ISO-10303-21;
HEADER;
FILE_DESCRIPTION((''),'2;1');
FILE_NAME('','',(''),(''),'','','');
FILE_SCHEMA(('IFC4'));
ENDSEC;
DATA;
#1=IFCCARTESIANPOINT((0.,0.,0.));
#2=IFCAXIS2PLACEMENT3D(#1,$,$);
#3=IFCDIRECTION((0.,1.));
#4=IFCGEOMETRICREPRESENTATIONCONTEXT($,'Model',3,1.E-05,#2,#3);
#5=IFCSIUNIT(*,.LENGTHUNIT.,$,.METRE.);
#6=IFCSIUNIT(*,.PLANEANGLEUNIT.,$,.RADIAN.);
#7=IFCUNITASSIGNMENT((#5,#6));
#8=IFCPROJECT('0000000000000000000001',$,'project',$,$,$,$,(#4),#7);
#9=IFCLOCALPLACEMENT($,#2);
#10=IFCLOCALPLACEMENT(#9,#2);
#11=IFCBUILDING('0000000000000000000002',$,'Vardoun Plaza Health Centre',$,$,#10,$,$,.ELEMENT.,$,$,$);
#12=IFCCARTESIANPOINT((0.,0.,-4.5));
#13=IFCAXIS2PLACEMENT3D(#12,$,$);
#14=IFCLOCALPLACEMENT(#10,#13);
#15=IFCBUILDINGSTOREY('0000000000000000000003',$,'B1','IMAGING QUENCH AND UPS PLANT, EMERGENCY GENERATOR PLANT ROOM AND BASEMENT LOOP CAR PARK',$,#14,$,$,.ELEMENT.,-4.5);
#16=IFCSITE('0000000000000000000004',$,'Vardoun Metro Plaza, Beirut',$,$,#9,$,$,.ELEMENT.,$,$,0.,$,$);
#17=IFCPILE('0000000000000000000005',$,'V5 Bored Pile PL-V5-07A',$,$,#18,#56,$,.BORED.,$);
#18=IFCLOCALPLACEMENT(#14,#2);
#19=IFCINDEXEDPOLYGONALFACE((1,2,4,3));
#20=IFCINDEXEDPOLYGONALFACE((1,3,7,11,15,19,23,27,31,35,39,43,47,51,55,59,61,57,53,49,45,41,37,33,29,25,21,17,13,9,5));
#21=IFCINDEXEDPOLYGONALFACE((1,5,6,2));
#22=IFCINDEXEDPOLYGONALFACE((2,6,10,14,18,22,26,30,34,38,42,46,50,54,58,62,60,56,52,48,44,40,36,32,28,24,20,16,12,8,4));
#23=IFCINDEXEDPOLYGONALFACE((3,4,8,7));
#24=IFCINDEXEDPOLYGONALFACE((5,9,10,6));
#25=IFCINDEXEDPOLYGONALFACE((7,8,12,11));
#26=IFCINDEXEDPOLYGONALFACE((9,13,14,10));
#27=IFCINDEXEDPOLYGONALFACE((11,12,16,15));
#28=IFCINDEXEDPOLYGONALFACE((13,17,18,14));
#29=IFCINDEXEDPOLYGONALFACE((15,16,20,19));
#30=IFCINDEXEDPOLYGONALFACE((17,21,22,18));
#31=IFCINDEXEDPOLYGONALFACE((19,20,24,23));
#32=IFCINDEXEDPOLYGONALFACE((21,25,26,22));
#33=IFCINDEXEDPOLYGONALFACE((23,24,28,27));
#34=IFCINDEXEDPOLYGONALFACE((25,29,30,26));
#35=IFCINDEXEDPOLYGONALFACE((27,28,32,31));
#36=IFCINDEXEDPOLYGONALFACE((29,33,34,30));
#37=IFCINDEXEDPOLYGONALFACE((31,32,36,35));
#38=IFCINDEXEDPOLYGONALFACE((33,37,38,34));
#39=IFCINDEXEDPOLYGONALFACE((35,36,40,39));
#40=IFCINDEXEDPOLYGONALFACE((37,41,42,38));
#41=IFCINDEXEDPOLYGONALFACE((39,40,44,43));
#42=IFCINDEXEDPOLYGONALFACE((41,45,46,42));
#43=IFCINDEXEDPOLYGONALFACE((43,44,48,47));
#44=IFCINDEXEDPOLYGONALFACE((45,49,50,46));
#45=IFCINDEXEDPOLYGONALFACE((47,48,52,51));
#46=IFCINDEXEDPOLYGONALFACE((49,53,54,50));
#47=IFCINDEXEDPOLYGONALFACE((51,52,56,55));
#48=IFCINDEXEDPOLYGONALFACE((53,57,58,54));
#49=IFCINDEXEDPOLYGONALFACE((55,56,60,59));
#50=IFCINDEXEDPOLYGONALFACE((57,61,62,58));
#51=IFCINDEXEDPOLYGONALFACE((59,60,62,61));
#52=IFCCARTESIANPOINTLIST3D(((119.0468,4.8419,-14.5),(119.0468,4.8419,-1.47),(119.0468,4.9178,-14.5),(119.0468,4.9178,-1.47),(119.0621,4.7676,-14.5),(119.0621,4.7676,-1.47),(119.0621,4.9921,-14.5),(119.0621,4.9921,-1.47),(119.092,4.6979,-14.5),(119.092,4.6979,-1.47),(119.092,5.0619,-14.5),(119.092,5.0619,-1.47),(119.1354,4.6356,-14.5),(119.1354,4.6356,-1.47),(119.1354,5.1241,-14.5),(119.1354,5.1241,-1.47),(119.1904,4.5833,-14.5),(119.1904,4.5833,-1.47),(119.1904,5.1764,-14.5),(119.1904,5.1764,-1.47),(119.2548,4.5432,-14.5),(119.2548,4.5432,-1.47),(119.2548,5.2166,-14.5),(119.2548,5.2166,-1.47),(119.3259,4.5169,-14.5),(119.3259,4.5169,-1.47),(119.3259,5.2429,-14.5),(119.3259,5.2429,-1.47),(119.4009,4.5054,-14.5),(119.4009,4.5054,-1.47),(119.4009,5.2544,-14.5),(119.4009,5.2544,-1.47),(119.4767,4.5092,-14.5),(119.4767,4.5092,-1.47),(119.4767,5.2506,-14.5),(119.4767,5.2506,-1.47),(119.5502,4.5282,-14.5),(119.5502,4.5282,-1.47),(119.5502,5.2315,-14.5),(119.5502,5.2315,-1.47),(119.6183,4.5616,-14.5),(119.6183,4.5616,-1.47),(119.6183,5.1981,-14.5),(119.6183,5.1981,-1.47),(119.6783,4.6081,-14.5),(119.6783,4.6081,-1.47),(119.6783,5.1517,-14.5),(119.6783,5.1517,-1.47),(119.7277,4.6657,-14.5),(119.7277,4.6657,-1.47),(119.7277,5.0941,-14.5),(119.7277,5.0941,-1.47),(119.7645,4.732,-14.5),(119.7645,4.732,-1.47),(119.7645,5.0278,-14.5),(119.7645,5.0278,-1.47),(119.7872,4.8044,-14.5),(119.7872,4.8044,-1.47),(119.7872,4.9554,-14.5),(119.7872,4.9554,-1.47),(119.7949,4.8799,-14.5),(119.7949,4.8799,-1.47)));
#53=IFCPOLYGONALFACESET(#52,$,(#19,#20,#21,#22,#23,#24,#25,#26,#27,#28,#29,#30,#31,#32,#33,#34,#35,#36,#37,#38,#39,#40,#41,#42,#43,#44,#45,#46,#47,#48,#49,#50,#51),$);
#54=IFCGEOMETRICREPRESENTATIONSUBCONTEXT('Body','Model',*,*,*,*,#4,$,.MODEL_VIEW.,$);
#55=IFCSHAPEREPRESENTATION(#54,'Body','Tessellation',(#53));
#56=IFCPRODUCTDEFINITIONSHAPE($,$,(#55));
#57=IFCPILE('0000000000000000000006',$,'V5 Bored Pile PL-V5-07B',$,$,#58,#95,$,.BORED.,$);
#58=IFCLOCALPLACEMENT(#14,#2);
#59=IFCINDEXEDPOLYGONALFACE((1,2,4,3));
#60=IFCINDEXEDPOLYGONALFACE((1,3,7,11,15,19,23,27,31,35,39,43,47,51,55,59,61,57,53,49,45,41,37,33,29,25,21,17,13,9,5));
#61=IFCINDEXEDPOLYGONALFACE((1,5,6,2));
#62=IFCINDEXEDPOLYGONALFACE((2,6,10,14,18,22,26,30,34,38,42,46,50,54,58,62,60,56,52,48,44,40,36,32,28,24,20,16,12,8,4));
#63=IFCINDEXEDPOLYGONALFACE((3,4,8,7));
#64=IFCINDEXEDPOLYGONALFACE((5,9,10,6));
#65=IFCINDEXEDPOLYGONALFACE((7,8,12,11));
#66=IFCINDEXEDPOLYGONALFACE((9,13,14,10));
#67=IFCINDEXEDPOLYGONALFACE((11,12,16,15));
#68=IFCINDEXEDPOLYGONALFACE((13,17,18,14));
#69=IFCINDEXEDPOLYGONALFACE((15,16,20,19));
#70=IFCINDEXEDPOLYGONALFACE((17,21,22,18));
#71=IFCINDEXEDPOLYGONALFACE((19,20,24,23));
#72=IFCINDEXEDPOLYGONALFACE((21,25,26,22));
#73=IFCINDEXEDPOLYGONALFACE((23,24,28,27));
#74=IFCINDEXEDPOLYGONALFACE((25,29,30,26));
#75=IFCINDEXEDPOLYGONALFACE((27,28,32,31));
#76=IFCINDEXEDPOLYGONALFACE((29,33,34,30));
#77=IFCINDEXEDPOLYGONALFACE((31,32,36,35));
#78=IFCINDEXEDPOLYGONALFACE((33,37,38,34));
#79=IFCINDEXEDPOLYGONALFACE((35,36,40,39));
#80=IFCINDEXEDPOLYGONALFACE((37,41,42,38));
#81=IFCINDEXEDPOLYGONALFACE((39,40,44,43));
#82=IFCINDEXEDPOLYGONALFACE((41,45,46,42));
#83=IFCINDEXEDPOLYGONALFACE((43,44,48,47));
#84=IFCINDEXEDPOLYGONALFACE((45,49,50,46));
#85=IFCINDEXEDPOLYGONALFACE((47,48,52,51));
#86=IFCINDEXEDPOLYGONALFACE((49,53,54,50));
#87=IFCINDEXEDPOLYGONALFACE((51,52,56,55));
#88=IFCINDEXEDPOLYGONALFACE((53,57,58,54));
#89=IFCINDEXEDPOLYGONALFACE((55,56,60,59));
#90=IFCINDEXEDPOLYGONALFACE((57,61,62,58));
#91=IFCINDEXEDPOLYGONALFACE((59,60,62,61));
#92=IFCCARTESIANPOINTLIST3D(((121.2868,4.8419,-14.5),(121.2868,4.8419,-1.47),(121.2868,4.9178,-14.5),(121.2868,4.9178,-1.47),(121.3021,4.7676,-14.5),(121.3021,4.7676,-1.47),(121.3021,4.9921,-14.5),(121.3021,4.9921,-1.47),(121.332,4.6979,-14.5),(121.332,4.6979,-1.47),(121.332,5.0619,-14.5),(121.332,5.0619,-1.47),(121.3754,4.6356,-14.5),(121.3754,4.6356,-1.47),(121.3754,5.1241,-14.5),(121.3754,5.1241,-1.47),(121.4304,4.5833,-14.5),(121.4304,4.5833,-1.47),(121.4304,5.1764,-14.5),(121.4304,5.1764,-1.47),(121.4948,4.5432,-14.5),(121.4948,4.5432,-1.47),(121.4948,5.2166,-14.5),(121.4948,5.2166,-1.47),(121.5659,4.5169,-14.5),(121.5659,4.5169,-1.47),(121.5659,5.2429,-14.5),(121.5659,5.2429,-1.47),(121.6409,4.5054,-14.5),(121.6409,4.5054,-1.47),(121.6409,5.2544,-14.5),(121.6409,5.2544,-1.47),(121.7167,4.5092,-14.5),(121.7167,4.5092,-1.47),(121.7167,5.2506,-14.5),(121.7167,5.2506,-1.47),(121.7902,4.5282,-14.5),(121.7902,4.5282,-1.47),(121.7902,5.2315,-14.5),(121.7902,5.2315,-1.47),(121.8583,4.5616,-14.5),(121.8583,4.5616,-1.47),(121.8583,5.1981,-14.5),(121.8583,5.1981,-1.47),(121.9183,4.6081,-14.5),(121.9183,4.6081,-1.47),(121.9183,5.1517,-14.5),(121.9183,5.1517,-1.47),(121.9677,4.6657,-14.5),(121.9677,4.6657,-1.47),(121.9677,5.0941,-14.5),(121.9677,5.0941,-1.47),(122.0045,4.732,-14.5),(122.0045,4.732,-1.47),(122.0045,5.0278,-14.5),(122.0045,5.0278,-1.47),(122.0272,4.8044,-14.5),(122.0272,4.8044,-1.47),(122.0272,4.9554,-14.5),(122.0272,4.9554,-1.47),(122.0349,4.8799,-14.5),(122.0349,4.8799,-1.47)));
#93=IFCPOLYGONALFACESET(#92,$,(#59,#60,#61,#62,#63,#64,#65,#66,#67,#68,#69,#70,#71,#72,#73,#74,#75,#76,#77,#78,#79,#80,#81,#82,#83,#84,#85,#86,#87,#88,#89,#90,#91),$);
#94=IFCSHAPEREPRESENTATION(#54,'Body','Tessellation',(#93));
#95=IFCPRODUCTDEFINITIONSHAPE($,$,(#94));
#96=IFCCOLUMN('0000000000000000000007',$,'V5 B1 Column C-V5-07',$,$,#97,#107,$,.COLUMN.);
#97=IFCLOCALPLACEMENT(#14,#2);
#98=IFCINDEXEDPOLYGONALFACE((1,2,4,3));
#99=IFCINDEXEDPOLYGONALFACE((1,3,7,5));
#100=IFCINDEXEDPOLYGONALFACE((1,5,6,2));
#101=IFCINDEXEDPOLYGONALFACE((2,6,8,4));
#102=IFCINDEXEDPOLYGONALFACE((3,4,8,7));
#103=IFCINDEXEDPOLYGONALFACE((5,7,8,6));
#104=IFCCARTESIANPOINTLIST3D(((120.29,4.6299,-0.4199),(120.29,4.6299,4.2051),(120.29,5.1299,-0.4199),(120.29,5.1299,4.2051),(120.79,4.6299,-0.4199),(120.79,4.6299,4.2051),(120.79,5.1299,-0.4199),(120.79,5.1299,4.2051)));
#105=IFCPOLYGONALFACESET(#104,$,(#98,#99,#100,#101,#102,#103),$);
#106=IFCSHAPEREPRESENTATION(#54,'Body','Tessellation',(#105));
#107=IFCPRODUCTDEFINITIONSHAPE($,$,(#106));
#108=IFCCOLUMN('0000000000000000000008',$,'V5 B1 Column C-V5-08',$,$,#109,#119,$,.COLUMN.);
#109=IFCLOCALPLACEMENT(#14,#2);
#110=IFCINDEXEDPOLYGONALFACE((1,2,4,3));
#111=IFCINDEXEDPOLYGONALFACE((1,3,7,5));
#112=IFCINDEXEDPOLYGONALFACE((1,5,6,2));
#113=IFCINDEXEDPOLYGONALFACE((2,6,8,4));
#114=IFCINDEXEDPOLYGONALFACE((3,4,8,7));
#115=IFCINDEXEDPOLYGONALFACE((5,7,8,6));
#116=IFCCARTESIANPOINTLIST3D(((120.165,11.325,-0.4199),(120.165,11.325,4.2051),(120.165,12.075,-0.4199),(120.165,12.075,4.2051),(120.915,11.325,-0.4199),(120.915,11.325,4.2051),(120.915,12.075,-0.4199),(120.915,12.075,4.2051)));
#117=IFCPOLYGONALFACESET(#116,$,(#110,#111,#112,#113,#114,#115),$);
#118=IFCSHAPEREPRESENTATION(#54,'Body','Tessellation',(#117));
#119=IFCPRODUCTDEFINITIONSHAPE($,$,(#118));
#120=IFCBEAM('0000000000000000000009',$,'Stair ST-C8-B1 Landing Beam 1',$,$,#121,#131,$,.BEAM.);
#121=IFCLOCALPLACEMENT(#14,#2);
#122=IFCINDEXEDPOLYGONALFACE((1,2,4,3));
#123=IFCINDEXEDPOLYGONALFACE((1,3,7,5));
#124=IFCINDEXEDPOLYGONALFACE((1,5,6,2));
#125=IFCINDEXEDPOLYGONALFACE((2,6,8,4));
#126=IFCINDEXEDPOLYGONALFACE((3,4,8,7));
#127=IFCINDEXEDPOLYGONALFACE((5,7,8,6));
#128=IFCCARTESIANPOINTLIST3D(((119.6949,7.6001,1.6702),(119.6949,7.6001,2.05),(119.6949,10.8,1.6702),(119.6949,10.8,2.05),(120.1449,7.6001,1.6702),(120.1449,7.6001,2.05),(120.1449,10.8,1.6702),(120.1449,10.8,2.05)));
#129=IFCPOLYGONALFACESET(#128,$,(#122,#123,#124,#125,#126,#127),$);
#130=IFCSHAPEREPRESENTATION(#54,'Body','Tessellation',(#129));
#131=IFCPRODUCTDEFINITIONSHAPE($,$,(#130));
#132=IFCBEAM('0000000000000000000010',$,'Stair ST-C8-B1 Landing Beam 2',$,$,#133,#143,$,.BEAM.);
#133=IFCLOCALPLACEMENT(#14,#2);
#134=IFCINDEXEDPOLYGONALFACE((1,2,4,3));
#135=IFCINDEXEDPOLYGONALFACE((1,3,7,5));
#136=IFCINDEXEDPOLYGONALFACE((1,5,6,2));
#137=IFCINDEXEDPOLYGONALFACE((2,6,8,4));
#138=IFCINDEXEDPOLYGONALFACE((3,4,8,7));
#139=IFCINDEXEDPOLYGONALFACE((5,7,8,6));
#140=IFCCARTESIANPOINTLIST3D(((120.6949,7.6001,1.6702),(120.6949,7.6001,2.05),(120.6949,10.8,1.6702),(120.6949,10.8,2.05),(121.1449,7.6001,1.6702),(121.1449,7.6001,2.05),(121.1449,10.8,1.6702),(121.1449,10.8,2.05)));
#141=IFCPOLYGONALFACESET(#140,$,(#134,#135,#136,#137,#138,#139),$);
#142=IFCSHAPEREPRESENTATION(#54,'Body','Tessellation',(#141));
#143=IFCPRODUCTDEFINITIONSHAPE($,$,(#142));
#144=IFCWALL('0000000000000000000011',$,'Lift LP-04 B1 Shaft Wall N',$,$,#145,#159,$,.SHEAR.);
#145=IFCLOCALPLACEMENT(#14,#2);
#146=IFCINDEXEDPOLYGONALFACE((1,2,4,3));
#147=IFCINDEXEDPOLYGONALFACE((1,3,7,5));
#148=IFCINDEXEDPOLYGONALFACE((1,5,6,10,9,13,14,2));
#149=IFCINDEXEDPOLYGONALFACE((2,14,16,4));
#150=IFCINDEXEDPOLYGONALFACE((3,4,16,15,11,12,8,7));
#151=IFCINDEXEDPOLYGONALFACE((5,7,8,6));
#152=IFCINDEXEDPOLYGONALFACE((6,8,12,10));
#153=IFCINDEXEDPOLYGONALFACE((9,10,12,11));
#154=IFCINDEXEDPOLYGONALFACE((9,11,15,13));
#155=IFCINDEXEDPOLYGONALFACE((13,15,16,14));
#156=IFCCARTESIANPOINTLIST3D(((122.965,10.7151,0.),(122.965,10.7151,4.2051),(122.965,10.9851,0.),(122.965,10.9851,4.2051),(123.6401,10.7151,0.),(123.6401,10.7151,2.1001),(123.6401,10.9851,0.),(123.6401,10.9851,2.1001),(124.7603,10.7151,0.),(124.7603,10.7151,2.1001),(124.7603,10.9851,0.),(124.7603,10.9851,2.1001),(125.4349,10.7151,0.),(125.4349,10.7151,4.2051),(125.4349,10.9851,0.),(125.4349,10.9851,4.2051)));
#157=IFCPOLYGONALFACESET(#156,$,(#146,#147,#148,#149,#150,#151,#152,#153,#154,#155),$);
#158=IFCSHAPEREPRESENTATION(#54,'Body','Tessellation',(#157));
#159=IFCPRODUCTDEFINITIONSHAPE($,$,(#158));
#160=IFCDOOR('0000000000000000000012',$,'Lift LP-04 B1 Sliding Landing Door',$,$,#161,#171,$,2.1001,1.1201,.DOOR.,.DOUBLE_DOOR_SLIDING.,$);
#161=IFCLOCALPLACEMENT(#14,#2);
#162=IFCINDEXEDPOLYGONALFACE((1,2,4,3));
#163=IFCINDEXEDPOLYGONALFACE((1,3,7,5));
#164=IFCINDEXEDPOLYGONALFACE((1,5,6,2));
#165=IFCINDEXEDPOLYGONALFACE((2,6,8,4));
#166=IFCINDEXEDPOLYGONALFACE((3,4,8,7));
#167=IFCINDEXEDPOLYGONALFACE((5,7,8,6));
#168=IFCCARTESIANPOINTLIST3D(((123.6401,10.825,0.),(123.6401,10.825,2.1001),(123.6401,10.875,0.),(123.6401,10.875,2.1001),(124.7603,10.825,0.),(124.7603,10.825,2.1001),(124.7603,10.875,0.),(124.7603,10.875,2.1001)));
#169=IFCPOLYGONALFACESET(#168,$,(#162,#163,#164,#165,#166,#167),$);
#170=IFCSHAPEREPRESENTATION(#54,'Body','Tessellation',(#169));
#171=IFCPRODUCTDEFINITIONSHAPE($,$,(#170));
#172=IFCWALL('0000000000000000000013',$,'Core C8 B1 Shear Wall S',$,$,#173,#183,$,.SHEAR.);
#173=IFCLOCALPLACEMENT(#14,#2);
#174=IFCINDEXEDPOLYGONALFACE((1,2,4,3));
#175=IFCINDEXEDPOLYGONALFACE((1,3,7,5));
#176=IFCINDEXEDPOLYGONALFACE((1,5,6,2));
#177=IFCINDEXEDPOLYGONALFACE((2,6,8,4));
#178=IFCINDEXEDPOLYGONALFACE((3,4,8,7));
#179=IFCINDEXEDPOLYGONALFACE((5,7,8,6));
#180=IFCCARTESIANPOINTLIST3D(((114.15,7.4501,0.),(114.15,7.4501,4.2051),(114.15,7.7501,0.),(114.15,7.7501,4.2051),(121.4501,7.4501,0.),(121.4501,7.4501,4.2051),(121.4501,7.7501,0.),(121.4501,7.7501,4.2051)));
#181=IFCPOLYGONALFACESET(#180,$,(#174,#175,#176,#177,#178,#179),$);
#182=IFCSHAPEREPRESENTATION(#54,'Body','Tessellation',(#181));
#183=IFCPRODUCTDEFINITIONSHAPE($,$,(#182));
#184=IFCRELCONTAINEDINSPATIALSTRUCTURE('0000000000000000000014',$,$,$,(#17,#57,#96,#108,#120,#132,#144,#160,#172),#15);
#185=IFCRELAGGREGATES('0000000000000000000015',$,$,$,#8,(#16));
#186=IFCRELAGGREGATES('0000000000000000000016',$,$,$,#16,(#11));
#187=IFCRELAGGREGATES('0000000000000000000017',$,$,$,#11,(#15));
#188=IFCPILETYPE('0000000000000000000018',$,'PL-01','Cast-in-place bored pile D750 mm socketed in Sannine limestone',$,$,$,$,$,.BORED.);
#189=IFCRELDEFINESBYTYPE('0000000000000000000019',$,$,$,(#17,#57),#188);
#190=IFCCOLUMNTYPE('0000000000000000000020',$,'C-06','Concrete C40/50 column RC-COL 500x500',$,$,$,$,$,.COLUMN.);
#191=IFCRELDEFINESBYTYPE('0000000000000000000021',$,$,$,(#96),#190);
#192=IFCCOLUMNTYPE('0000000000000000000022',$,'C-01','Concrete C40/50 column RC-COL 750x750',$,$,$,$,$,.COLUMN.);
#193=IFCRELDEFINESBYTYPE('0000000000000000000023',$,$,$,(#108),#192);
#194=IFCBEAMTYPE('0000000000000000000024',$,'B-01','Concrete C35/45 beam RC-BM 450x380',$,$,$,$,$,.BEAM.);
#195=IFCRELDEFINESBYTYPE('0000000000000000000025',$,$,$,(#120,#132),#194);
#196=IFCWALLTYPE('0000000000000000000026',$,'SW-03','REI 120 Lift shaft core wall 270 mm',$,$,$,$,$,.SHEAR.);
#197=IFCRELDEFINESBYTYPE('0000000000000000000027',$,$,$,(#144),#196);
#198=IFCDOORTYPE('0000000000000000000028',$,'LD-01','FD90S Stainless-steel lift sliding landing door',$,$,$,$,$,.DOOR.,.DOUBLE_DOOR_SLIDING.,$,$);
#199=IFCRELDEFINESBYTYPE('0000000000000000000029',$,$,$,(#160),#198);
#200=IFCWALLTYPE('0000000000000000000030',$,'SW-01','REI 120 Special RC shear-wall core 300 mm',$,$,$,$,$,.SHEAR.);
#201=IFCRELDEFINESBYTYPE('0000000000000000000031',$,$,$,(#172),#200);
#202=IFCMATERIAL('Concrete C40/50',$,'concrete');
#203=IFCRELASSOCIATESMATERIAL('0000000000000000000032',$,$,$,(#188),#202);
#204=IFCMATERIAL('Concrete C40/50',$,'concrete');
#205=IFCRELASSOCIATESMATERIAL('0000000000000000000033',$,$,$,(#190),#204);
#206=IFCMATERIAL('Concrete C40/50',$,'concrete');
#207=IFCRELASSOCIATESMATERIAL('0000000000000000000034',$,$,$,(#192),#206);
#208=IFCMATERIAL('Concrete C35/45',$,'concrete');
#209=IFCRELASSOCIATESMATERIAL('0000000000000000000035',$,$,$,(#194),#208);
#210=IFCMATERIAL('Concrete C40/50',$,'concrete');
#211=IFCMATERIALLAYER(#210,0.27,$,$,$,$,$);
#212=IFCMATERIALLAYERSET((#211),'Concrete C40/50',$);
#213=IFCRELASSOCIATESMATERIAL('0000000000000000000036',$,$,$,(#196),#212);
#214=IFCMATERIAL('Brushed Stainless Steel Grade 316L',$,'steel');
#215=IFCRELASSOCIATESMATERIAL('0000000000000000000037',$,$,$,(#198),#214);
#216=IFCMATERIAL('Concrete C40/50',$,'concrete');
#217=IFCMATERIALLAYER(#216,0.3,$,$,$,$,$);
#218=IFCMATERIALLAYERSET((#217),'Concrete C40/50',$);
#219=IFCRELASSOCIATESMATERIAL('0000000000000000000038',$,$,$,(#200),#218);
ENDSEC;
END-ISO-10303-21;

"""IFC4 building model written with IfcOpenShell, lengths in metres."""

from ifc_helpers import new_model, si_unit, direction, frame, frame_2d, origin, origin_2d, place, context, subcontext, project, spatial, rectangle, circle, extrude, material, layer, layer_set, material_profile, profile_set, type_object, element, fill, save


model = new_model("IFC4")

# Units and contexts
model_context = context("Model", 3, precision=1e-05, world=origin(), true_north=direction((0.0, 1.0)))
body_context = subcontext(model_context, "Body", "Model", "MODEL_VIEW")
ifc_project = project(units=[si_unit("LENGTHUNIT", "METRE"), si_unit("PLANEANGLEUNIT", "RADIAN")], contexts=[model_context])

# Site, building, storey
site_placement = place(None, origin())
site = spatial("IfcSite", under=ifc_project, at=site_placement, Name="Vardoun Metro Plaza, Beirut", CompositionType="ELEMENT", RefElevation=0.0)
building_placement = place(site_placement, origin())
building = spatial("IfcBuilding", under=site, at=building_placement, Name="Vardoun Plaza Health Centre", CompositionType="ELEMENT")
storey_placement = place(building_placement, frame((0.0, 0.0, -4.5)))
storey = spatial("IfcBuildingStorey", under=building, at=storey_placement, Name="B1", Description="IMAGING QUENCH AND UPS PLANT, EMERGENCY GENERATOR PLANT ROOM AND BASEMENT LOOP CAR PARK", CompositionType="ELEMENT", Elevation=-4.5)

# Piles
ifc_material_1 = material(Name="Concrete C40/50", Category="concrete")
ifc_material_profile_1 = material_profile(ifc_material_1, circle(Radius=0.375, at=origin_2d()), Name="PILE D750")
ifc_profile_set_1 = profile_set([ifc_material_profile_1], Name="Concrete C40/50")
pile_type_1 = type_object("IfcPileType", Name="PL-01", Description="Cast-in-place bored pile D750 mm socketed in Sannine limestone", PredefinedType="BORED", material=ifc_profile_set_1)
for number, where, z_axis, x_axis, name in (
    (1, (119.4199, 4.8799, -1.47), (0.0, 0.0, -1.0), (1.0, 0.0, 0.0), "V5 Bored Pile PL-V5-07A"),
    (2, (121.6599, 4.8799, -1.47), (0.0, 0.0, -1.0), (1.0, 0.0, 0.0), "V5 Bored Pile PL-V5-07B"),
):
    element("IfcPile", number, at=place(storey_placement, frame(where, z_axis=z_axis, x_axis=x_axis)), inside=storey, type_object=pile_type_1, Name=name, PredefinedType="BORED", context=body_context, shape_type="SweptSolid", body=[
        extrude(circle(Radius=0.375, at=origin_2d()), origin(), (0.0, 0.0, 1.0), 13.03),
    ])

# Columns
ifc_material_2 = material(Name="Concrete C40/50", Category="concrete")
ifc_material_profile_2 = material_profile(ifc_material_2, rectangle(XDim=0.5, YDim=0.5, at=origin_2d()), Name="RC-COL 500x500")
ifc_profile_set_2 = profile_set([ifc_material_profile_2], Name="Concrete C40/50")
column_type_1 = type_object("IfcColumnType", Name="C-06", Description="Concrete C40/50 column RC-COL 500x500", PredefinedType="COLUMN", material=ifc_profile_set_2)
column_1_placement = place(storey_placement, frame((120.54, 4.8799, -0.4199), z_axis=(0.0, 0.0, 1.0), x_axis=(1.0, 0.0, 0.0)))
element("IfcColumn", 3, at=column_1_placement, inside=storey, type_object=column_type_1, Name="V5 B1 Column C-V5-07", PredefinedType="COLUMN", context=body_context, shape_type="SweptSolid", body=[
    extrude(rectangle(XDim=0.5, YDim=0.5, at=origin_2d()), origin(), (0.0, 0.0, 1.0), 4.625),
])
ifc_material_3 = material(Name="Concrete C40/50", Category="concrete")
ifc_material_profile_3 = material_profile(ifc_material_3, rectangle(XDim=0.75, YDim=0.75, at=origin_2d()), Name="RC-COL 750x750")
ifc_profile_set_3 = profile_set([ifc_material_profile_3], Name="Concrete C40/50")
column_type_2 = type_object("IfcColumnType", Name="C-01", Description="Concrete C40/50 column RC-COL 750x750", PredefinedType="COLUMN", material=ifc_profile_set_3)
column_2_placement = place(storey_placement, frame((120.54, 11.7, -0.4199), z_axis=(0.0, 0.0, 1.0), x_axis=(1.0, 0.0, 0.0)))
element("IfcColumn", 4, at=column_2_placement, inside=storey, type_object=column_type_2, Name="V5 B1 Column C-V5-08", PredefinedType="COLUMN", context=body_context, shape_type="SweptSolid", body=[
    extrude(rectangle(XDim=0.75, YDim=0.75, at=origin_2d()), origin(), (0.0, 0.0, 1.0), 4.625),
])

# Beams
ifc_material_4 = material(Name="Concrete C35/45", Category="concrete")
ifc_material_profile_4 = material_profile(ifc_material_4, rectangle(XDim=0.45, YDim=0.3799, at=origin_2d()), Name="RC-BM 450x380")
ifc_profile_set_4 = profile_set([ifc_material_profile_4], Name="Concrete C35/45")
beam_type = type_object("IfcBeamType", Name="B-01", Description="Concrete C35/45 beam RC-BM 450x380", PredefinedType="BEAM", material=ifc_profile_set_4)
for number, where, z_axis, x_axis, name in (
    (5, (119.9199, 7.6001, 1.8601), (0.0, 1.0, 0.0), (-1.0, 0.0, 0.0), "Stair ST-C8-B1 Landing Beam 1"),
    (6, (120.9199, 7.6001, 1.8601), (0.0, 1.0, 0.0), (-1.0, 0.0, 0.0), "Stair ST-C8-B1 Landing Beam 2"),
):
    element("IfcBeam", number, at=place(storey_placement, frame(where, z_axis=z_axis, x_axis=x_axis)), inside=storey, type_object=beam_type, Name=name, PredefinedType="BEAM", context=body_context, shape_type="SweptSolid", body=[
        extrude(rectangle(XDim=0.45, YDim=0.3799, at=origin_2d()), origin(), (0.0, 0.0, 1.0), 3.2),
    ])

# Shared definitions
ifc_material_5 = material(Name="Concrete C40/50", Category="concrete")
ifc_layer_1 = layer(ifc_material_5, 0.27)
ifc_layer_set_1 = layer_set([ifc_layer_1], Name="Concrete C40/50")
wall_type_1 = type_object("IfcWallType", Name="SW-03", Description="REI 120 Lift shaft core wall 270 mm", PredefinedType="SHEAR", material=ifc_layer_set_1)

# Wall, opening, door
wall_1_placement = place(storey_placement, frame((122.9651, 10.8501, 0.0), z_axis=(0.0, 0.0, 1.0), x_axis=(1.0, 0.0, 0.0)))
wall_1 = element("IfcWall", 7, at=wall_1_placement, inside=storey, type_object=wall_type_1, Name="Lift LP-04 B1 Shaft Wall N", PredefinedType="SHEAR", context=body_context, shape_type="SweptSolid", body=[
    extrude(rectangle(XDim=2.47, YDim=0.27, at=frame_2d((1.2349, 0.0))), origin(), (0.0, 0.0, 1.0), 4.2051),
])
opening_placement = place(wall_1_placement, frame((0.675, 0.0, 0.0)))
opening = element("IfcOpeningElement", 8, at=opening_placement, cuts=wall_1, PredefinedType="OPENING", context=body_context, shape_type="SweptSolid", body=[
    extrude(rectangle(XDim=1.1201, YDim=2.1001, at=frame_2d((0.5601, 1.05))), frame((0.0, 0.135, 0.0), z_axis=(0.0, -1.0, 0.0), x_axis=(1.0, 0.0, 0.0)), (0.0, 0.0, 1.0), 0.27),
])
ifc_material_6 = material(Name="Brushed Stainless Steel Grade 316L", Category="steel")
door_type = type_object("IfcDoorType", Name="LD-01", Description="FD90S Stainless-steel lift sliding landing door", OperationType="DOUBLE_DOOR_SLIDING", PredefinedType="DOOR", material=ifc_material_6)
door_placement = place(opening_placement, origin())
door = element("IfcDoor", 9, at=door_placement, inside=storey, type_object=door_type, Name="Lift LP-04 B1 Sliding Landing Door", OperationType="DOUBLE_DOOR_SLIDING", OverallHeight=2.1001, OverallWidth=1.1201, PredefinedType="DOOR", context=body_context, shape_type="SweptSolid", body=[
    extrude(rectangle(XDim=1.1201, YDim=2.1001, at=frame_2d((0.5601, 1.05))), frame((0.0, 0.0249, 0.0), z_axis=(0.0, -1.0, 0.0), x_axis=(1.0, 0.0, 0.0)), (0.0, 0.0, 1.0), 0.05),
])
fill(opening, door)

# Wall
ifc_material_7 = material(Name="Concrete C40/50", Category="concrete")
ifc_layer_2 = layer(ifc_material_7, 0.3)
ifc_layer_set_2 = layer_set([ifc_layer_2], Name="Concrete C40/50")
wall_type_2 = type_object("IfcWallType", Name="SW-01", Description="REI 120 Special RC shear-wall core 300 mm", PredefinedType="SHEAR", material=ifc_layer_set_2)
wall_2_placement = place(storey_placement, frame((121.45, 7.6001, 0.0), z_axis=(0.0, 0.0, 1.0), x_axis=(-1.0, 0.0, 0.0)))
element("IfcWall", 10, at=wall_2_placement, inside=storey, type_object=wall_type_2, Name="Core C8 B1 Shear Wall S", PredefinedType="SHEAR", context=body_context, shape_type="SweptSolid", body=[
    extrude(rectangle(XDim=7.3, YDim=0.3, at=frame_2d((3.6499, 0.0))), origin(), (0.0, 0.0, 1.0), 4.2051),
])

save(model, "model.ifc")
